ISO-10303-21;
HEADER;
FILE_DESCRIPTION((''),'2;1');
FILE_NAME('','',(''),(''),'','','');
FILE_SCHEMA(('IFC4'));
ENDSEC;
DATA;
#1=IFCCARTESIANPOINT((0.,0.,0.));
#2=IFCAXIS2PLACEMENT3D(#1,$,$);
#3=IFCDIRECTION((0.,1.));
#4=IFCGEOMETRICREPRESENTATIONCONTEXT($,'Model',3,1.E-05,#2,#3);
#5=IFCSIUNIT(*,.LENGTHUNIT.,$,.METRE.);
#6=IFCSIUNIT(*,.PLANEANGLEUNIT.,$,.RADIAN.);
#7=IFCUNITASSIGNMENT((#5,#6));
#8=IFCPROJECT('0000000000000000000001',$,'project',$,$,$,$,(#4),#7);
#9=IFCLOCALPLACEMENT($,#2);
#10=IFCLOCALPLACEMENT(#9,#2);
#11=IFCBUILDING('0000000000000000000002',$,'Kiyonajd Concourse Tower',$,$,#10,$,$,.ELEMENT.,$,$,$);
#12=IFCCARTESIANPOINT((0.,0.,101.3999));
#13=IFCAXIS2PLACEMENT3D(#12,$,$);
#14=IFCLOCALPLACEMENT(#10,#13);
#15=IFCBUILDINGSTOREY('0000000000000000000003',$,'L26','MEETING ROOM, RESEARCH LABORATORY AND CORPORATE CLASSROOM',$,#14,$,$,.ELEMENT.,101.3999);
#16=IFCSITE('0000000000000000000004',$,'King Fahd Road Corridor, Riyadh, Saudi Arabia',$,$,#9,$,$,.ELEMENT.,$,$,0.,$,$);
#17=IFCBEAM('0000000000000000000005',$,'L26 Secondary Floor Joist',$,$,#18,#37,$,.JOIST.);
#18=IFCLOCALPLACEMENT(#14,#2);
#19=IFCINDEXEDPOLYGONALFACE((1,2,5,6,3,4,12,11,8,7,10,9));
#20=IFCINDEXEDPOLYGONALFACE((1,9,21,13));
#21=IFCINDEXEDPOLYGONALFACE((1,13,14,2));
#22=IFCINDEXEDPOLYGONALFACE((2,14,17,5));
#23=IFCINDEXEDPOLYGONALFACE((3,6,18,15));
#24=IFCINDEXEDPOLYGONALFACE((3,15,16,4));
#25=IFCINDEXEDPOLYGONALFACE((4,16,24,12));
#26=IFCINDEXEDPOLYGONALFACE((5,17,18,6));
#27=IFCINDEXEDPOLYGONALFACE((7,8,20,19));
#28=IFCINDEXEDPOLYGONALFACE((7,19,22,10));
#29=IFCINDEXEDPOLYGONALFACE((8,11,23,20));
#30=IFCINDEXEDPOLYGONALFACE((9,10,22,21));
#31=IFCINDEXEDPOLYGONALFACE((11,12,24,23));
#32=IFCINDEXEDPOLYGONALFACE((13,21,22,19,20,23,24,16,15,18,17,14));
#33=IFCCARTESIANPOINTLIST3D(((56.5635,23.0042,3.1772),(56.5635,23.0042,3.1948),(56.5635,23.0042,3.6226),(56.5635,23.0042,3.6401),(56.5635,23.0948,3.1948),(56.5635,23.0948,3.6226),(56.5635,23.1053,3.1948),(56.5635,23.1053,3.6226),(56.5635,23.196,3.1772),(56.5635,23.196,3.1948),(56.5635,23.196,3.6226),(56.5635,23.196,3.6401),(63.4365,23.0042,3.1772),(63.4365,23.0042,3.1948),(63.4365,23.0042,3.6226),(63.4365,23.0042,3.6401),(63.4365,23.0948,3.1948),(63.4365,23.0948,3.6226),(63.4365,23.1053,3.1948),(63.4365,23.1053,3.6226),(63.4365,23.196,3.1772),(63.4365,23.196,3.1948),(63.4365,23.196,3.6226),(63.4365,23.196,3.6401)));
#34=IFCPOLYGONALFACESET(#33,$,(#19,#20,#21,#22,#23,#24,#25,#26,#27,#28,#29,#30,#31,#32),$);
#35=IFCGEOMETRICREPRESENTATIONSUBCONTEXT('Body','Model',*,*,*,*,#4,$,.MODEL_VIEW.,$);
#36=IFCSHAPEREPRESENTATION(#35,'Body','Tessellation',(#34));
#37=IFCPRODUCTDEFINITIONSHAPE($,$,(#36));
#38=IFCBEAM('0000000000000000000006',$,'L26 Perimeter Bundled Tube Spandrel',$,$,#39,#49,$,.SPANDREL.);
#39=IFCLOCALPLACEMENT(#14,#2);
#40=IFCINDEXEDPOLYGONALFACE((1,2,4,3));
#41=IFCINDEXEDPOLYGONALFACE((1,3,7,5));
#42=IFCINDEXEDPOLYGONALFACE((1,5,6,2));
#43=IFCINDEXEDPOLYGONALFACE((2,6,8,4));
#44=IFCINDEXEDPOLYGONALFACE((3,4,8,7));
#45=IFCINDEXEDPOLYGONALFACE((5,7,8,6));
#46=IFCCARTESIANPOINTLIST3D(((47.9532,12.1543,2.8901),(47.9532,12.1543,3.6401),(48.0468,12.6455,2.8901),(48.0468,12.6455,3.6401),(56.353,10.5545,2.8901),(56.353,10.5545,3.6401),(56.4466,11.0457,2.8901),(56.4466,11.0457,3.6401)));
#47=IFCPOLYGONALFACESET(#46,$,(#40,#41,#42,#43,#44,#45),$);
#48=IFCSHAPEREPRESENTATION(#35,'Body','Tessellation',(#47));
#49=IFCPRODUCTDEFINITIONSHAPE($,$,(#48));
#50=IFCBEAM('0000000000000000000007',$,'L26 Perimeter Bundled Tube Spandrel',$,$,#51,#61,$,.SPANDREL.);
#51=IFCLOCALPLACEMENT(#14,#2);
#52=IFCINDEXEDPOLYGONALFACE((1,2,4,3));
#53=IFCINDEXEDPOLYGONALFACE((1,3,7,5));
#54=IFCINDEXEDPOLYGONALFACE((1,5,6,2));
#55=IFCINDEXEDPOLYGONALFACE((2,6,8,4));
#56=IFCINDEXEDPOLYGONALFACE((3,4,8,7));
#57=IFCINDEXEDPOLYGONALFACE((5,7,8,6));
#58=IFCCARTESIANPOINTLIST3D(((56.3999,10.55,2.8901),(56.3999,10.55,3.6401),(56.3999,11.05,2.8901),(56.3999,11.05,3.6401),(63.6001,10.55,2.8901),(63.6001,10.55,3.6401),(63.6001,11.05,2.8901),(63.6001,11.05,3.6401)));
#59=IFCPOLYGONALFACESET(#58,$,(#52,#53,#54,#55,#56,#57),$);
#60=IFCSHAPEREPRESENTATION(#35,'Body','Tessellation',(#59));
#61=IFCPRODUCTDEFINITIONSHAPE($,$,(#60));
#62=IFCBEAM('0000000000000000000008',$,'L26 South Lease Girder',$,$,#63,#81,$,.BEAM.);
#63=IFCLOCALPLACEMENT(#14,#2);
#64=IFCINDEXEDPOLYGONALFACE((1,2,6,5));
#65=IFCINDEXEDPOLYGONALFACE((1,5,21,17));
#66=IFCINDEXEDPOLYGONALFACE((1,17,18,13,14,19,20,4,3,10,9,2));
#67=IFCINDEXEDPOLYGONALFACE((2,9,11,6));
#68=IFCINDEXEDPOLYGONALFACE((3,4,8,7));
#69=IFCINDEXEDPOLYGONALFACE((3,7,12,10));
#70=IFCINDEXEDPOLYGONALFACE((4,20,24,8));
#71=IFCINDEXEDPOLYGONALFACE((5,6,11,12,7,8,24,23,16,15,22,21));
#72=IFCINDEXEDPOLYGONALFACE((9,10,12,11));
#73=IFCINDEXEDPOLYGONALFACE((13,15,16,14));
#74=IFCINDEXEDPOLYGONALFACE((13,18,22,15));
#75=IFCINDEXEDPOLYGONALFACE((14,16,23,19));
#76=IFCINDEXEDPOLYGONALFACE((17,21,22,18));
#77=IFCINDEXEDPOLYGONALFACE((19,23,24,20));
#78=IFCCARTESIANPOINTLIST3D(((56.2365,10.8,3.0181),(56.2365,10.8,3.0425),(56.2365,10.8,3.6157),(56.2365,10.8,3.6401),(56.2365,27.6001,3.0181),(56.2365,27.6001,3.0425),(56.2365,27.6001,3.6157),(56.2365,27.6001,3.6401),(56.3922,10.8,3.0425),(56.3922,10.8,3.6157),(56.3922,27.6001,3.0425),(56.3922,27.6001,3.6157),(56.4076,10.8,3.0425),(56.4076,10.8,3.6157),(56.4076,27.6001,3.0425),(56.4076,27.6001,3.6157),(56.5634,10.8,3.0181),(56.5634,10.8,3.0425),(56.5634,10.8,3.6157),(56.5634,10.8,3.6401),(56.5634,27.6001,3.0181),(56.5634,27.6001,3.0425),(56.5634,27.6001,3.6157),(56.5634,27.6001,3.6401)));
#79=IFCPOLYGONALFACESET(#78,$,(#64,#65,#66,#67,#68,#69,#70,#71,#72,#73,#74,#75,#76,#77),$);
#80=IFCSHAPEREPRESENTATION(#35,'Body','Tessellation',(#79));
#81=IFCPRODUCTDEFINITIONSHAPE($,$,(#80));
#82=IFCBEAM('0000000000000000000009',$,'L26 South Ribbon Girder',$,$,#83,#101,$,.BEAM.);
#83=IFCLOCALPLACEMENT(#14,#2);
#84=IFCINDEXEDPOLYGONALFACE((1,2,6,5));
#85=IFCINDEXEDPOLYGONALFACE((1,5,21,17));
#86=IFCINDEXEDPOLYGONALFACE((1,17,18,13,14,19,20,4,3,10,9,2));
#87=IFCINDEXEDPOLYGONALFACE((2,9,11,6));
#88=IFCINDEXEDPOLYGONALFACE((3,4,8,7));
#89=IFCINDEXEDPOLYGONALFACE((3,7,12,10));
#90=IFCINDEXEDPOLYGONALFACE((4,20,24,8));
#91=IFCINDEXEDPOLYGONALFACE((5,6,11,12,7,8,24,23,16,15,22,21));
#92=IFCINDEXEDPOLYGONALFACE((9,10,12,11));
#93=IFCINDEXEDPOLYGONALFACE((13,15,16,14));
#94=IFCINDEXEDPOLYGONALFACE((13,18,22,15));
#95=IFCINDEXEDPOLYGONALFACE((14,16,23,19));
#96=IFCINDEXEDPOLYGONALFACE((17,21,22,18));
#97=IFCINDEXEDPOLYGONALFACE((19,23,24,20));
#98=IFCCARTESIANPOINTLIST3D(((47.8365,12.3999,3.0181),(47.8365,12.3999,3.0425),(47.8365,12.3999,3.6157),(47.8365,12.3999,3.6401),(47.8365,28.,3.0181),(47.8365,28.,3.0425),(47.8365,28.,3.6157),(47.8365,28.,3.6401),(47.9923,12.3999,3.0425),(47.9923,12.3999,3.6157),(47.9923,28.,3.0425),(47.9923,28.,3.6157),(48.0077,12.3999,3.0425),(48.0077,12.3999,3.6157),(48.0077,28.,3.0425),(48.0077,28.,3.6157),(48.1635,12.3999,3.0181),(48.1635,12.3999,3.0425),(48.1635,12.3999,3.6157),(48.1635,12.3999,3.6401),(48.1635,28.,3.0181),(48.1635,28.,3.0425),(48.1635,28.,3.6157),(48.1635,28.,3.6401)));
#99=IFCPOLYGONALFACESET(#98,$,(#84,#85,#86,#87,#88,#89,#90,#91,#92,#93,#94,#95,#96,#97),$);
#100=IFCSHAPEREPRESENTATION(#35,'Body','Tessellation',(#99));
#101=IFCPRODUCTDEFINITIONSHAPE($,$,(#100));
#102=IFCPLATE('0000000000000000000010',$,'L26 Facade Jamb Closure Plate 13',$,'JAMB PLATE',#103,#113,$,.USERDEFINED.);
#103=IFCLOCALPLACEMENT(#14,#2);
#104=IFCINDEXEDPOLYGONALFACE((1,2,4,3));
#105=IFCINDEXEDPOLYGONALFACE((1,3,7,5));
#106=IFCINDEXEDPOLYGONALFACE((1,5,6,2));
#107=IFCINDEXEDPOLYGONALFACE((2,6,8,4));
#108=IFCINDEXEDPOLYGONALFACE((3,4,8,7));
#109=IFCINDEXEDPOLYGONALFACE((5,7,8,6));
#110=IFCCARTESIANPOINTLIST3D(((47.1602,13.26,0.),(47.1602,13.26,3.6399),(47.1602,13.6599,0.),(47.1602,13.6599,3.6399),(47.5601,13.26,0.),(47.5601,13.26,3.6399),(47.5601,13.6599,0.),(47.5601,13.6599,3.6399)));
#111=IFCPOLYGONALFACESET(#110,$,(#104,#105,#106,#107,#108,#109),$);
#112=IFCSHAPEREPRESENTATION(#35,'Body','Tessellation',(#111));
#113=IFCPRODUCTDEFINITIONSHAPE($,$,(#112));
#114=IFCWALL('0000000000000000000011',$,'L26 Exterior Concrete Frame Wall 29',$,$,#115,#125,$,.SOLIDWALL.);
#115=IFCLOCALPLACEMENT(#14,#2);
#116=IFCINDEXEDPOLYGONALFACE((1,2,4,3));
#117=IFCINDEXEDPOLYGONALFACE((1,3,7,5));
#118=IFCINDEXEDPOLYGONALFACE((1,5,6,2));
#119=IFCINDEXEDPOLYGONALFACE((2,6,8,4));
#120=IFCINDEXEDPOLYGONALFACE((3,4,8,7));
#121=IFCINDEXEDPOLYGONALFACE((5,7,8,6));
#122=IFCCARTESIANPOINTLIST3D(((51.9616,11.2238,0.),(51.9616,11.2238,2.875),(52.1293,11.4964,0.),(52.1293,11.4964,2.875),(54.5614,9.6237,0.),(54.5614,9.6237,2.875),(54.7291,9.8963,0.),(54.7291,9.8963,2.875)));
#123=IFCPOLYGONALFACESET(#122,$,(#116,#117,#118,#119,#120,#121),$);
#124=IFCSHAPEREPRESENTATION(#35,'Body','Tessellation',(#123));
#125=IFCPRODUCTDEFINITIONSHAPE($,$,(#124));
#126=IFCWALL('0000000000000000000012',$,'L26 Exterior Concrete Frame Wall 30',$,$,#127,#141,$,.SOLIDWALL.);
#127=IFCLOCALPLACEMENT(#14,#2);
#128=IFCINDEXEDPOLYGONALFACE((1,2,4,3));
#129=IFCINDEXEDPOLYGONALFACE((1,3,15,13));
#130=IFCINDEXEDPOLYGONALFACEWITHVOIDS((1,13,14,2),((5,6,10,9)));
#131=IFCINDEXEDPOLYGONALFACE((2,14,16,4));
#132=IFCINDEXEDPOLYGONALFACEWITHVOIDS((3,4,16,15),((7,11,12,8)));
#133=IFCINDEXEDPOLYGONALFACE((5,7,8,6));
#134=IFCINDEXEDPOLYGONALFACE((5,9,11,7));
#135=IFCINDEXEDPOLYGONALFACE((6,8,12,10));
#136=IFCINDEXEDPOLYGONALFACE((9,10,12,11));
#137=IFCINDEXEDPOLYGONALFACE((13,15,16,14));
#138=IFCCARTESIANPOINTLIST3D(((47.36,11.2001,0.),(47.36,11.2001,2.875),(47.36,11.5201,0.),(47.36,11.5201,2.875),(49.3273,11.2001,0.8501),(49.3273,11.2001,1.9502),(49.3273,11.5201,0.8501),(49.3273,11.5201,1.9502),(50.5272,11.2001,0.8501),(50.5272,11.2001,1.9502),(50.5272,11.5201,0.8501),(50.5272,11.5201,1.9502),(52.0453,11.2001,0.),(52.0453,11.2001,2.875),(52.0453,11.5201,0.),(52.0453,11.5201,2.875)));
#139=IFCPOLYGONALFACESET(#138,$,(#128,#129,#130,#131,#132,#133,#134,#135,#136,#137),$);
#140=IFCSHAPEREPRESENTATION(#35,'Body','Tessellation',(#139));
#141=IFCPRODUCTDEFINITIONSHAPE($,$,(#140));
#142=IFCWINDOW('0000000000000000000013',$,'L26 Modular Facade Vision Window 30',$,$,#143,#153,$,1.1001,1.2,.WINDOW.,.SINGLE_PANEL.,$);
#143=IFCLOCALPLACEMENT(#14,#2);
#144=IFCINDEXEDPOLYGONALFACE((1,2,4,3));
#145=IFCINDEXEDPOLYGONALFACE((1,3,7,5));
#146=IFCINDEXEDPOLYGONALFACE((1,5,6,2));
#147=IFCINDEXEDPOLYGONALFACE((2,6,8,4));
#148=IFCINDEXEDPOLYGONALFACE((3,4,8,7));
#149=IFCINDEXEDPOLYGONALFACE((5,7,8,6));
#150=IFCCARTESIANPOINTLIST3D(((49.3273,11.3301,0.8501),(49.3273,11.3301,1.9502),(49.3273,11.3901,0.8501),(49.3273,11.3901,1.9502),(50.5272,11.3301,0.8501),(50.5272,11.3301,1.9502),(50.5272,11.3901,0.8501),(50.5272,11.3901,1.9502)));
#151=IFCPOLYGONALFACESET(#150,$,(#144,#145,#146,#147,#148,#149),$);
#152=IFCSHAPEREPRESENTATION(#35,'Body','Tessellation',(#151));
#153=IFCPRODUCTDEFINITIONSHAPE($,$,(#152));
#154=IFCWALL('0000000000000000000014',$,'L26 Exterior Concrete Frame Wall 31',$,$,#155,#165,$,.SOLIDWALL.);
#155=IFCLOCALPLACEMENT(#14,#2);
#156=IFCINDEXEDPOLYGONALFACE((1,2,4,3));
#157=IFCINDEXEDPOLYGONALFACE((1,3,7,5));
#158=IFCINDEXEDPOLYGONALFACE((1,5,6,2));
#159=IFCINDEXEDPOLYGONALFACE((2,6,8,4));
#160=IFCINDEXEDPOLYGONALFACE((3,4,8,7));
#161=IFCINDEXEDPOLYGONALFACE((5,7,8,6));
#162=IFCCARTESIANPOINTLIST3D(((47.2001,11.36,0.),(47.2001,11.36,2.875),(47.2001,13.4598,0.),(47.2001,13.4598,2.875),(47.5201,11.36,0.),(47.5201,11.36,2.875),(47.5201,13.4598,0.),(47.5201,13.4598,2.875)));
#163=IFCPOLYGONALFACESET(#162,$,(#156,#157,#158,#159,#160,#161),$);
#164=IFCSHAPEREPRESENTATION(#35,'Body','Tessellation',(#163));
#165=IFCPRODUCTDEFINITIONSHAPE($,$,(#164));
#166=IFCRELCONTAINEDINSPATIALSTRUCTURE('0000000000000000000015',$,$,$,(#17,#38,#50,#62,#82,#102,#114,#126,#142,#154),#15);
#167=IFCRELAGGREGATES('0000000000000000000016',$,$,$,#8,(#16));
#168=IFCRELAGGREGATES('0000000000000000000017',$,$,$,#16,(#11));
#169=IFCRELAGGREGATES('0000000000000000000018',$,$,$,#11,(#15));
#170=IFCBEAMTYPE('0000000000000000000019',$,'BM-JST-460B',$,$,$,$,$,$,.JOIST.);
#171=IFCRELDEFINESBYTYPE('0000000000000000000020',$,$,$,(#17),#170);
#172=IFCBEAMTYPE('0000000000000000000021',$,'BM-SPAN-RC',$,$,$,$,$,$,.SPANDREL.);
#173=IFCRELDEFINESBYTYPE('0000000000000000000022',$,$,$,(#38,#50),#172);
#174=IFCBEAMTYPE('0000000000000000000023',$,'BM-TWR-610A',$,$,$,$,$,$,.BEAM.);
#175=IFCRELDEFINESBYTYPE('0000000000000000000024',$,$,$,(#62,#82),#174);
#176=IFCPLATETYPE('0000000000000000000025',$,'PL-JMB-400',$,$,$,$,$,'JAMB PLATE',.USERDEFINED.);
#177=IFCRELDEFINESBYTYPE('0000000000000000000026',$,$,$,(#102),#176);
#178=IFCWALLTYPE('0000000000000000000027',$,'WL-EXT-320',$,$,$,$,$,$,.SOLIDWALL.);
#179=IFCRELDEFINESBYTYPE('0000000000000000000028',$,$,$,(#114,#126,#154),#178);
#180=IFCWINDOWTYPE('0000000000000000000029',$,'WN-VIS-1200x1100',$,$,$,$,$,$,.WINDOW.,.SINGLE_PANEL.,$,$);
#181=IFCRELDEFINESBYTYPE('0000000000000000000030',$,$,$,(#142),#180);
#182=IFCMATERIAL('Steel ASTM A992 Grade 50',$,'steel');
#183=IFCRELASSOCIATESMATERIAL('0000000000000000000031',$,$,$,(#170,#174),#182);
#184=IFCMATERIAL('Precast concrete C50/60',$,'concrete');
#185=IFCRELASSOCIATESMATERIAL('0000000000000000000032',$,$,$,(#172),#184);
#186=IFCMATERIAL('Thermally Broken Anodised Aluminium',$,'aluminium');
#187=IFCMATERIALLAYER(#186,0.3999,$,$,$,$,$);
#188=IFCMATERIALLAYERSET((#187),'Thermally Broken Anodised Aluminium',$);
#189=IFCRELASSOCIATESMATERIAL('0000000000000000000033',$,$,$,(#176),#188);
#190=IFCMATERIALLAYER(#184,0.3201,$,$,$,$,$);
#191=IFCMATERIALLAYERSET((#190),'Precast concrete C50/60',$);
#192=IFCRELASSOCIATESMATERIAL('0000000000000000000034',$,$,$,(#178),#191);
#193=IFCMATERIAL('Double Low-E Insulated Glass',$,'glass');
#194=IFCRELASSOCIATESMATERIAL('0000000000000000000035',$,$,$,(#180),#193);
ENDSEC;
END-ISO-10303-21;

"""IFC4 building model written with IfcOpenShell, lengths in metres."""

from ifc_helpers import new_model, si_unit, direction, frame, frame_2d, origin, origin_2d, place, context, subcontext, project, spatial, rectangle, i_section, extrude, material, layer, layer_set, material_profile, profile_set, type_object, element, fill, save


model = new_model("IFC4")

# Units and contexts
model_context = context("Model", 3, precision=1e-05, world=origin(), true_north=direction((0.0, 1.0)))
body_context = subcontext(model_context, "Body", "Model", "MODEL_VIEW")
ifc_project = project(units=[si_unit("LENGTHUNIT", "METRE"), si_unit("PLANEANGLEUNIT", "RADIAN")], contexts=[model_context])

# Site, building, storey
site_placement = place(None, origin())
site = spatial("IfcSite", under=ifc_project, at=site_placement, Name="King Fahd Road Corridor, Riyadh, Saudi Arabia", CompositionType="ELEMENT", RefElevation=0.0)
building_placement = place(site_placement, origin())
building = spatial("IfcBuilding", under=site, at=building_placement, Name="Kiyonajd Concourse Tower", CompositionType="ELEMENT")
storey_placement = place(building_placement, frame((0.0, 0.0, 101.3999)))
storey = spatial("IfcBuildingStorey", under=building, at=storey_placement, Name="L26", Description="MEETING ROOM, RESEARCH LABORATORY AND CORPORATE CLASSROOM", CompositionType="ELEMENT", Elevation=101.3999)

# Beams
ifc_material_1 = material(Name="Steel ASTM A992 Grade 50", Category="steel")
ifc_material_profile_1 = material_profile(ifc_material_1, i_section(OverallWidth=0.1919, OverallDepth=0.4629, WebThickness=0.0105, FlangeThickness=0.0176, at=origin_2d()), Name="W460X89")
ifc_profile_set_1 = profile_set([ifc_material_profile_1], Name="Steel ASTM A992 Grade 50")
beam_type_1 = type_object("IfcBeamType", Name="BM-JST-460B", PredefinedType="JOIST", material=ifc_profile_set_1)
beam_1_placement = place(storey_placement, frame((56.5635, 23.1001, 3.4087), z_axis=(1.0, 0.0, 0.0), x_axis=(0.0, 1.0, 0.0)))
element("IfcBeam", 1, at=beam_1_placement, inside=storey, type_object=beam_type_1, Name="L26 Secondary Floor Joist", PredefinedType="JOIST", context=body_context, shape_type="SweptSolid", body=[
    extrude(i_section(OverallWidth=0.1919, OverallDepth=0.4629, WebThickness=0.0105, FlangeThickness=0.0176, at=origin_2d()), origin(), (0.0, 0.0, 1.0), 6.873),
])
ifc_material_2 = material(Name="Precast concrete C50/60", Category="concrete")
ifc_material_profile_2 = material_profile(ifc_material_2, rectangle(XDim=0.5, YDim=0.75, at=origin_2d()), Name="RCBM-500x750")
ifc_profile_set_2 = profile_set([ifc_material_profile_2], Name="Precast concrete C50/60")
beam_type_2 = type_object("IfcBeamType", Name="BM-SPAN-RC", PredefinedType="SPANDREL", material=ifc_profile_set_2)
beam_2_placement = place(storey_placement, frame((48.0, 12.3999, 3.2651), z_axis=(0.982341, -0.187098, 0.0), x_axis=(0.187098, 0.982341, 0.0)))
element("IfcBeam", 2, at=beam_2_placement, inside=storey, type_object=beam_type_2, Name="L26 Perimeter Bundled Tube Spandrel", PredefinedType="SPANDREL", context=body_context, shape_type="SweptSolid", body=[
    extrude(rectangle(XDim=0.5, YDim=0.75, at=origin_2d()), origin(), (0.0, 0.0, 1.0), 8.5508),
])
beam_3_placement = place(storey_placement, frame((56.3999, 10.8, 3.2651), z_axis=(1.0, 0.0, 0.0), x_axis=(0.0, 1.0, 0.0)))
element("IfcBeam", 3, at=beam_3_placement, inside=storey, type_object=beam_type_2, Name="L26 Perimeter Bundled Tube Spandrel", PredefinedType="SPANDREL", context=body_context, shape_type="SweptSolid", body=[
    extrude(rectangle(XDim=0.5, YDim=0.75, at=origin_2d()), origin(), (0.0, 0.0, 1.0), 7.2002),
])
ifc_material_profile_3 = material_profile(ifc_material_1, i_section(OverallWidth=0.3269, OverallDepth=0.6221, WebThickness=0.0154, FlangeThickness=0.0244, at=origin_2d()), Name="W610X195")
ifc_profile_set_3 = profile_set([ifc_material_profile_3], Name="Steel ASTM A992 Grade 50")
beam_type_3 = type_object("IfcBeamType", Name="BM-TWR-610A", PredefinedType="BEAM", material=ifc_profile_set_3)
beam_4_placement = place(storey_placement, frame((56.3999, 10.8, 3.3291), z_axis=(0.0, 1.0, 0.0), x_axis=(-1.0, 0.0, 0.0)))
element("IfcBeam", 4, at=beam_4_placement, inside=storey, type_object=beam_type_3, Name="L26 South Lease Girder", PredefinedType="BEAM", context=body_context, shape_type="SweptSolid", body=[
    extrude(i_section(OverallWidth=0.3269, OverallDepth=0.6221, WebThickness=0.0154, FlangeThickness=0.0244, at=origin_2d()), origin(), (0.0, 0.0, 1.0), 16.8),
])
beam_5_placement = place(storey_placement, frame((48.0, 12.3999, 3.3291), z_axis=(0.0, 1.0, 0.0), x_axis=(-1.0, 0.0, 0.0)))
element("IfcBeam", 5, at=beam_5_placement, inside=storey, type_object=beam_type_3, Name="L26 South Ribbon Girder", PredefinedType="BEAM", context=body_context, shape_type="SweptSolid", body=[
    extrude(i_section(OverallWidth=0.3269, OverallDepth=0.6221, WebThickness=0.0154, FlangeThickness=0.0244, at=origin_2d()), origin(), (0.0, 0.0, 1.0), 15.6001),
])

# Plate
ifc_material_3 = material(Name="Thermally Broken Anodised Aluminium", Category="aluminium")
ifc_layer_1 = layer(ifc_material_3, 0.3999)
ifc_layer_set_1 = layer_set([ifc_layer_1], Name="Thermally Broken Anodised Aluminium")
plate_type = type_object("IfcPlateType", Name="PL-JMB-400", ElementType="JAMB PLATE", PredefinedType="USERDEFINED", material=ifc_layer_set_1)
plate_placement = place(storey_placement, frame((47.3601, 13.46, 0.0), z_axis=(0.0, 0.0, 1.0), x_axis=(1.0, 0.0, 0.0)))
element("IfcPlate", 6, at=plate_placement, inside=storey, type_object=plate_type, Name="L26 Facade Jamb Closure Plate 13", ObjectType="JAMB PLATE", PredefinedType="USERDEFINED", context=body_context, shape_type="SweptSolid", body=[
    extrude(rectangle(XDim=0.3999, YDim=0.3999, at=origin_2d()), origin(), (0.0, 0.0, 1.0), 3.6399),
])

# Wall
ifc_layer_2 = layer(ifc_material_2, 0.3201)
ifc_layer_set_2 = layer_set([ifc_layer_2], Name="Precast concrete C50/60")
wall_type_1 = type_object("IfcWallType", Name="WL-EXT-320", PredefinedType="SOLIDWALL", material=ifc_layer_set_2)
wall_1_placement = place(storey_placement, frame((54.6453, 9.76, 0.0), z_axis=(0.0, 0.0, 1.0), x_axis=(-0.851631, 0.524142, 0.0)))
element("IfcWall", 7, at=wall_1_placement, inside=storey, type_object=wall_type_1, Name="L26 Exterior Concrete Frame Wall 29", PredefinedType="SOLIDWALL", context=body_context, shape_type="SweptSolid", body=[
    extrude(rectangle(XDim=3.0527, YDim=0.3201, at=frame_2d((1.5264, 0.0))), origin(), (0.0, 0.0, 1.0), 2.875),
])

# Wall, opening, window
wall_2_placement = place(storey_placement, frame((52.0454, 11.3601, 0.0), z_axis=(0.0, 0.0, 1.0), x_axis=(-1.0, 0.0, 0.0)))
wall_2 = element("IfcWall", 8, at=wall_2_placement, inside=storey, type_object=wall_type_1, Name="L26 Exterior Concrete Frame Wall 30", PredefinedType="SOLIDWALL", context=body_context, shape_type="SweptSolid", body=[
    extrude(rectangle(XDim=4.6853, YDim=0.3201, at=frame_2d((2.3428, 0.0))), origin(), (0.0, 0.0, 1.0), 2.875),
])
opening_1_placement = place(wall_2_placement, frame((1.5181, 0.0, 0.8501)))
opening_1 = element("IfcOpeningElement", 9, at=opening_1_placement, cuts=wall_2, PredefinedType="OPENING", context=body_context, shape_type="SweptSolid", body=[
    extrude(rectangle(XDim=1.2, YDim=1.1001, at=frame_2d((0.6001, 0.55))), frame((0.0, 0.1699, 0.0), z_axis=(0.0, -1.0, 0.0), x_axis=(1.0, 0.0, 0.0)), (0.0, 0.0, 1.0), 0.3401),
])
ifc_material_4 = material(Name="Double Low-E Insulated Glass", Category="glass")
window_type = type_object("IfcWindowType", Name="WN-VIS-1200x1100", PartitioningType="SINGLE_PANEL", PredefinedType="WINDOW", material=ifc_material_4)
window_placement = place(opening_1_placement, origin())
window = element("IfcWindow", 10, at=window_placement, inside=storey, type_object=window_type, Name="L26 Modular Facade Vision Window 30", OverallHeight=1.1001, OverallWidth=1.2, PartitioningType="SINGLE_PANEL", PredefinedType="WINDOW", context=body_context, shape_type="SweptSolid", body=[
    extrude(rectangle(XDim=1.2, YDim=1.1001, at=frame_2d((0.6001, 0.55))), frame((0.0, 0.03, 0.0), z_axis=(0.0, -1.0, 0.0), x_axis=(1.0, 0.0, 0.0)), (0.0, 0.0, 1.0), 0.0601),
])
fill(opening_1, window)

# Wall
wall_3_placement = place(storey_placement, frame((47.3601, 11.3601, 0.0), z_axis=(0.0, 0.0, 1.0), x_axis=(0.0, 1.0, 0.0)))
element("IfcWall", 11, at=wall_3_placement, inside=storey, type_object=wall_type_1, Name="L26 Exterior Concrete Frame Wall 31", PredefinedType="SOLIDWALL", context=body_context, shape_type="SweptSolid", body=[
    extrude(rectangle(XDim=2.0999, YDim=0.3201, at=frame_2d((1.0498, 0.0))), origin(), (0.0, 0.0, 1.0), 2.875),
])

save(model, "model.ifc")
